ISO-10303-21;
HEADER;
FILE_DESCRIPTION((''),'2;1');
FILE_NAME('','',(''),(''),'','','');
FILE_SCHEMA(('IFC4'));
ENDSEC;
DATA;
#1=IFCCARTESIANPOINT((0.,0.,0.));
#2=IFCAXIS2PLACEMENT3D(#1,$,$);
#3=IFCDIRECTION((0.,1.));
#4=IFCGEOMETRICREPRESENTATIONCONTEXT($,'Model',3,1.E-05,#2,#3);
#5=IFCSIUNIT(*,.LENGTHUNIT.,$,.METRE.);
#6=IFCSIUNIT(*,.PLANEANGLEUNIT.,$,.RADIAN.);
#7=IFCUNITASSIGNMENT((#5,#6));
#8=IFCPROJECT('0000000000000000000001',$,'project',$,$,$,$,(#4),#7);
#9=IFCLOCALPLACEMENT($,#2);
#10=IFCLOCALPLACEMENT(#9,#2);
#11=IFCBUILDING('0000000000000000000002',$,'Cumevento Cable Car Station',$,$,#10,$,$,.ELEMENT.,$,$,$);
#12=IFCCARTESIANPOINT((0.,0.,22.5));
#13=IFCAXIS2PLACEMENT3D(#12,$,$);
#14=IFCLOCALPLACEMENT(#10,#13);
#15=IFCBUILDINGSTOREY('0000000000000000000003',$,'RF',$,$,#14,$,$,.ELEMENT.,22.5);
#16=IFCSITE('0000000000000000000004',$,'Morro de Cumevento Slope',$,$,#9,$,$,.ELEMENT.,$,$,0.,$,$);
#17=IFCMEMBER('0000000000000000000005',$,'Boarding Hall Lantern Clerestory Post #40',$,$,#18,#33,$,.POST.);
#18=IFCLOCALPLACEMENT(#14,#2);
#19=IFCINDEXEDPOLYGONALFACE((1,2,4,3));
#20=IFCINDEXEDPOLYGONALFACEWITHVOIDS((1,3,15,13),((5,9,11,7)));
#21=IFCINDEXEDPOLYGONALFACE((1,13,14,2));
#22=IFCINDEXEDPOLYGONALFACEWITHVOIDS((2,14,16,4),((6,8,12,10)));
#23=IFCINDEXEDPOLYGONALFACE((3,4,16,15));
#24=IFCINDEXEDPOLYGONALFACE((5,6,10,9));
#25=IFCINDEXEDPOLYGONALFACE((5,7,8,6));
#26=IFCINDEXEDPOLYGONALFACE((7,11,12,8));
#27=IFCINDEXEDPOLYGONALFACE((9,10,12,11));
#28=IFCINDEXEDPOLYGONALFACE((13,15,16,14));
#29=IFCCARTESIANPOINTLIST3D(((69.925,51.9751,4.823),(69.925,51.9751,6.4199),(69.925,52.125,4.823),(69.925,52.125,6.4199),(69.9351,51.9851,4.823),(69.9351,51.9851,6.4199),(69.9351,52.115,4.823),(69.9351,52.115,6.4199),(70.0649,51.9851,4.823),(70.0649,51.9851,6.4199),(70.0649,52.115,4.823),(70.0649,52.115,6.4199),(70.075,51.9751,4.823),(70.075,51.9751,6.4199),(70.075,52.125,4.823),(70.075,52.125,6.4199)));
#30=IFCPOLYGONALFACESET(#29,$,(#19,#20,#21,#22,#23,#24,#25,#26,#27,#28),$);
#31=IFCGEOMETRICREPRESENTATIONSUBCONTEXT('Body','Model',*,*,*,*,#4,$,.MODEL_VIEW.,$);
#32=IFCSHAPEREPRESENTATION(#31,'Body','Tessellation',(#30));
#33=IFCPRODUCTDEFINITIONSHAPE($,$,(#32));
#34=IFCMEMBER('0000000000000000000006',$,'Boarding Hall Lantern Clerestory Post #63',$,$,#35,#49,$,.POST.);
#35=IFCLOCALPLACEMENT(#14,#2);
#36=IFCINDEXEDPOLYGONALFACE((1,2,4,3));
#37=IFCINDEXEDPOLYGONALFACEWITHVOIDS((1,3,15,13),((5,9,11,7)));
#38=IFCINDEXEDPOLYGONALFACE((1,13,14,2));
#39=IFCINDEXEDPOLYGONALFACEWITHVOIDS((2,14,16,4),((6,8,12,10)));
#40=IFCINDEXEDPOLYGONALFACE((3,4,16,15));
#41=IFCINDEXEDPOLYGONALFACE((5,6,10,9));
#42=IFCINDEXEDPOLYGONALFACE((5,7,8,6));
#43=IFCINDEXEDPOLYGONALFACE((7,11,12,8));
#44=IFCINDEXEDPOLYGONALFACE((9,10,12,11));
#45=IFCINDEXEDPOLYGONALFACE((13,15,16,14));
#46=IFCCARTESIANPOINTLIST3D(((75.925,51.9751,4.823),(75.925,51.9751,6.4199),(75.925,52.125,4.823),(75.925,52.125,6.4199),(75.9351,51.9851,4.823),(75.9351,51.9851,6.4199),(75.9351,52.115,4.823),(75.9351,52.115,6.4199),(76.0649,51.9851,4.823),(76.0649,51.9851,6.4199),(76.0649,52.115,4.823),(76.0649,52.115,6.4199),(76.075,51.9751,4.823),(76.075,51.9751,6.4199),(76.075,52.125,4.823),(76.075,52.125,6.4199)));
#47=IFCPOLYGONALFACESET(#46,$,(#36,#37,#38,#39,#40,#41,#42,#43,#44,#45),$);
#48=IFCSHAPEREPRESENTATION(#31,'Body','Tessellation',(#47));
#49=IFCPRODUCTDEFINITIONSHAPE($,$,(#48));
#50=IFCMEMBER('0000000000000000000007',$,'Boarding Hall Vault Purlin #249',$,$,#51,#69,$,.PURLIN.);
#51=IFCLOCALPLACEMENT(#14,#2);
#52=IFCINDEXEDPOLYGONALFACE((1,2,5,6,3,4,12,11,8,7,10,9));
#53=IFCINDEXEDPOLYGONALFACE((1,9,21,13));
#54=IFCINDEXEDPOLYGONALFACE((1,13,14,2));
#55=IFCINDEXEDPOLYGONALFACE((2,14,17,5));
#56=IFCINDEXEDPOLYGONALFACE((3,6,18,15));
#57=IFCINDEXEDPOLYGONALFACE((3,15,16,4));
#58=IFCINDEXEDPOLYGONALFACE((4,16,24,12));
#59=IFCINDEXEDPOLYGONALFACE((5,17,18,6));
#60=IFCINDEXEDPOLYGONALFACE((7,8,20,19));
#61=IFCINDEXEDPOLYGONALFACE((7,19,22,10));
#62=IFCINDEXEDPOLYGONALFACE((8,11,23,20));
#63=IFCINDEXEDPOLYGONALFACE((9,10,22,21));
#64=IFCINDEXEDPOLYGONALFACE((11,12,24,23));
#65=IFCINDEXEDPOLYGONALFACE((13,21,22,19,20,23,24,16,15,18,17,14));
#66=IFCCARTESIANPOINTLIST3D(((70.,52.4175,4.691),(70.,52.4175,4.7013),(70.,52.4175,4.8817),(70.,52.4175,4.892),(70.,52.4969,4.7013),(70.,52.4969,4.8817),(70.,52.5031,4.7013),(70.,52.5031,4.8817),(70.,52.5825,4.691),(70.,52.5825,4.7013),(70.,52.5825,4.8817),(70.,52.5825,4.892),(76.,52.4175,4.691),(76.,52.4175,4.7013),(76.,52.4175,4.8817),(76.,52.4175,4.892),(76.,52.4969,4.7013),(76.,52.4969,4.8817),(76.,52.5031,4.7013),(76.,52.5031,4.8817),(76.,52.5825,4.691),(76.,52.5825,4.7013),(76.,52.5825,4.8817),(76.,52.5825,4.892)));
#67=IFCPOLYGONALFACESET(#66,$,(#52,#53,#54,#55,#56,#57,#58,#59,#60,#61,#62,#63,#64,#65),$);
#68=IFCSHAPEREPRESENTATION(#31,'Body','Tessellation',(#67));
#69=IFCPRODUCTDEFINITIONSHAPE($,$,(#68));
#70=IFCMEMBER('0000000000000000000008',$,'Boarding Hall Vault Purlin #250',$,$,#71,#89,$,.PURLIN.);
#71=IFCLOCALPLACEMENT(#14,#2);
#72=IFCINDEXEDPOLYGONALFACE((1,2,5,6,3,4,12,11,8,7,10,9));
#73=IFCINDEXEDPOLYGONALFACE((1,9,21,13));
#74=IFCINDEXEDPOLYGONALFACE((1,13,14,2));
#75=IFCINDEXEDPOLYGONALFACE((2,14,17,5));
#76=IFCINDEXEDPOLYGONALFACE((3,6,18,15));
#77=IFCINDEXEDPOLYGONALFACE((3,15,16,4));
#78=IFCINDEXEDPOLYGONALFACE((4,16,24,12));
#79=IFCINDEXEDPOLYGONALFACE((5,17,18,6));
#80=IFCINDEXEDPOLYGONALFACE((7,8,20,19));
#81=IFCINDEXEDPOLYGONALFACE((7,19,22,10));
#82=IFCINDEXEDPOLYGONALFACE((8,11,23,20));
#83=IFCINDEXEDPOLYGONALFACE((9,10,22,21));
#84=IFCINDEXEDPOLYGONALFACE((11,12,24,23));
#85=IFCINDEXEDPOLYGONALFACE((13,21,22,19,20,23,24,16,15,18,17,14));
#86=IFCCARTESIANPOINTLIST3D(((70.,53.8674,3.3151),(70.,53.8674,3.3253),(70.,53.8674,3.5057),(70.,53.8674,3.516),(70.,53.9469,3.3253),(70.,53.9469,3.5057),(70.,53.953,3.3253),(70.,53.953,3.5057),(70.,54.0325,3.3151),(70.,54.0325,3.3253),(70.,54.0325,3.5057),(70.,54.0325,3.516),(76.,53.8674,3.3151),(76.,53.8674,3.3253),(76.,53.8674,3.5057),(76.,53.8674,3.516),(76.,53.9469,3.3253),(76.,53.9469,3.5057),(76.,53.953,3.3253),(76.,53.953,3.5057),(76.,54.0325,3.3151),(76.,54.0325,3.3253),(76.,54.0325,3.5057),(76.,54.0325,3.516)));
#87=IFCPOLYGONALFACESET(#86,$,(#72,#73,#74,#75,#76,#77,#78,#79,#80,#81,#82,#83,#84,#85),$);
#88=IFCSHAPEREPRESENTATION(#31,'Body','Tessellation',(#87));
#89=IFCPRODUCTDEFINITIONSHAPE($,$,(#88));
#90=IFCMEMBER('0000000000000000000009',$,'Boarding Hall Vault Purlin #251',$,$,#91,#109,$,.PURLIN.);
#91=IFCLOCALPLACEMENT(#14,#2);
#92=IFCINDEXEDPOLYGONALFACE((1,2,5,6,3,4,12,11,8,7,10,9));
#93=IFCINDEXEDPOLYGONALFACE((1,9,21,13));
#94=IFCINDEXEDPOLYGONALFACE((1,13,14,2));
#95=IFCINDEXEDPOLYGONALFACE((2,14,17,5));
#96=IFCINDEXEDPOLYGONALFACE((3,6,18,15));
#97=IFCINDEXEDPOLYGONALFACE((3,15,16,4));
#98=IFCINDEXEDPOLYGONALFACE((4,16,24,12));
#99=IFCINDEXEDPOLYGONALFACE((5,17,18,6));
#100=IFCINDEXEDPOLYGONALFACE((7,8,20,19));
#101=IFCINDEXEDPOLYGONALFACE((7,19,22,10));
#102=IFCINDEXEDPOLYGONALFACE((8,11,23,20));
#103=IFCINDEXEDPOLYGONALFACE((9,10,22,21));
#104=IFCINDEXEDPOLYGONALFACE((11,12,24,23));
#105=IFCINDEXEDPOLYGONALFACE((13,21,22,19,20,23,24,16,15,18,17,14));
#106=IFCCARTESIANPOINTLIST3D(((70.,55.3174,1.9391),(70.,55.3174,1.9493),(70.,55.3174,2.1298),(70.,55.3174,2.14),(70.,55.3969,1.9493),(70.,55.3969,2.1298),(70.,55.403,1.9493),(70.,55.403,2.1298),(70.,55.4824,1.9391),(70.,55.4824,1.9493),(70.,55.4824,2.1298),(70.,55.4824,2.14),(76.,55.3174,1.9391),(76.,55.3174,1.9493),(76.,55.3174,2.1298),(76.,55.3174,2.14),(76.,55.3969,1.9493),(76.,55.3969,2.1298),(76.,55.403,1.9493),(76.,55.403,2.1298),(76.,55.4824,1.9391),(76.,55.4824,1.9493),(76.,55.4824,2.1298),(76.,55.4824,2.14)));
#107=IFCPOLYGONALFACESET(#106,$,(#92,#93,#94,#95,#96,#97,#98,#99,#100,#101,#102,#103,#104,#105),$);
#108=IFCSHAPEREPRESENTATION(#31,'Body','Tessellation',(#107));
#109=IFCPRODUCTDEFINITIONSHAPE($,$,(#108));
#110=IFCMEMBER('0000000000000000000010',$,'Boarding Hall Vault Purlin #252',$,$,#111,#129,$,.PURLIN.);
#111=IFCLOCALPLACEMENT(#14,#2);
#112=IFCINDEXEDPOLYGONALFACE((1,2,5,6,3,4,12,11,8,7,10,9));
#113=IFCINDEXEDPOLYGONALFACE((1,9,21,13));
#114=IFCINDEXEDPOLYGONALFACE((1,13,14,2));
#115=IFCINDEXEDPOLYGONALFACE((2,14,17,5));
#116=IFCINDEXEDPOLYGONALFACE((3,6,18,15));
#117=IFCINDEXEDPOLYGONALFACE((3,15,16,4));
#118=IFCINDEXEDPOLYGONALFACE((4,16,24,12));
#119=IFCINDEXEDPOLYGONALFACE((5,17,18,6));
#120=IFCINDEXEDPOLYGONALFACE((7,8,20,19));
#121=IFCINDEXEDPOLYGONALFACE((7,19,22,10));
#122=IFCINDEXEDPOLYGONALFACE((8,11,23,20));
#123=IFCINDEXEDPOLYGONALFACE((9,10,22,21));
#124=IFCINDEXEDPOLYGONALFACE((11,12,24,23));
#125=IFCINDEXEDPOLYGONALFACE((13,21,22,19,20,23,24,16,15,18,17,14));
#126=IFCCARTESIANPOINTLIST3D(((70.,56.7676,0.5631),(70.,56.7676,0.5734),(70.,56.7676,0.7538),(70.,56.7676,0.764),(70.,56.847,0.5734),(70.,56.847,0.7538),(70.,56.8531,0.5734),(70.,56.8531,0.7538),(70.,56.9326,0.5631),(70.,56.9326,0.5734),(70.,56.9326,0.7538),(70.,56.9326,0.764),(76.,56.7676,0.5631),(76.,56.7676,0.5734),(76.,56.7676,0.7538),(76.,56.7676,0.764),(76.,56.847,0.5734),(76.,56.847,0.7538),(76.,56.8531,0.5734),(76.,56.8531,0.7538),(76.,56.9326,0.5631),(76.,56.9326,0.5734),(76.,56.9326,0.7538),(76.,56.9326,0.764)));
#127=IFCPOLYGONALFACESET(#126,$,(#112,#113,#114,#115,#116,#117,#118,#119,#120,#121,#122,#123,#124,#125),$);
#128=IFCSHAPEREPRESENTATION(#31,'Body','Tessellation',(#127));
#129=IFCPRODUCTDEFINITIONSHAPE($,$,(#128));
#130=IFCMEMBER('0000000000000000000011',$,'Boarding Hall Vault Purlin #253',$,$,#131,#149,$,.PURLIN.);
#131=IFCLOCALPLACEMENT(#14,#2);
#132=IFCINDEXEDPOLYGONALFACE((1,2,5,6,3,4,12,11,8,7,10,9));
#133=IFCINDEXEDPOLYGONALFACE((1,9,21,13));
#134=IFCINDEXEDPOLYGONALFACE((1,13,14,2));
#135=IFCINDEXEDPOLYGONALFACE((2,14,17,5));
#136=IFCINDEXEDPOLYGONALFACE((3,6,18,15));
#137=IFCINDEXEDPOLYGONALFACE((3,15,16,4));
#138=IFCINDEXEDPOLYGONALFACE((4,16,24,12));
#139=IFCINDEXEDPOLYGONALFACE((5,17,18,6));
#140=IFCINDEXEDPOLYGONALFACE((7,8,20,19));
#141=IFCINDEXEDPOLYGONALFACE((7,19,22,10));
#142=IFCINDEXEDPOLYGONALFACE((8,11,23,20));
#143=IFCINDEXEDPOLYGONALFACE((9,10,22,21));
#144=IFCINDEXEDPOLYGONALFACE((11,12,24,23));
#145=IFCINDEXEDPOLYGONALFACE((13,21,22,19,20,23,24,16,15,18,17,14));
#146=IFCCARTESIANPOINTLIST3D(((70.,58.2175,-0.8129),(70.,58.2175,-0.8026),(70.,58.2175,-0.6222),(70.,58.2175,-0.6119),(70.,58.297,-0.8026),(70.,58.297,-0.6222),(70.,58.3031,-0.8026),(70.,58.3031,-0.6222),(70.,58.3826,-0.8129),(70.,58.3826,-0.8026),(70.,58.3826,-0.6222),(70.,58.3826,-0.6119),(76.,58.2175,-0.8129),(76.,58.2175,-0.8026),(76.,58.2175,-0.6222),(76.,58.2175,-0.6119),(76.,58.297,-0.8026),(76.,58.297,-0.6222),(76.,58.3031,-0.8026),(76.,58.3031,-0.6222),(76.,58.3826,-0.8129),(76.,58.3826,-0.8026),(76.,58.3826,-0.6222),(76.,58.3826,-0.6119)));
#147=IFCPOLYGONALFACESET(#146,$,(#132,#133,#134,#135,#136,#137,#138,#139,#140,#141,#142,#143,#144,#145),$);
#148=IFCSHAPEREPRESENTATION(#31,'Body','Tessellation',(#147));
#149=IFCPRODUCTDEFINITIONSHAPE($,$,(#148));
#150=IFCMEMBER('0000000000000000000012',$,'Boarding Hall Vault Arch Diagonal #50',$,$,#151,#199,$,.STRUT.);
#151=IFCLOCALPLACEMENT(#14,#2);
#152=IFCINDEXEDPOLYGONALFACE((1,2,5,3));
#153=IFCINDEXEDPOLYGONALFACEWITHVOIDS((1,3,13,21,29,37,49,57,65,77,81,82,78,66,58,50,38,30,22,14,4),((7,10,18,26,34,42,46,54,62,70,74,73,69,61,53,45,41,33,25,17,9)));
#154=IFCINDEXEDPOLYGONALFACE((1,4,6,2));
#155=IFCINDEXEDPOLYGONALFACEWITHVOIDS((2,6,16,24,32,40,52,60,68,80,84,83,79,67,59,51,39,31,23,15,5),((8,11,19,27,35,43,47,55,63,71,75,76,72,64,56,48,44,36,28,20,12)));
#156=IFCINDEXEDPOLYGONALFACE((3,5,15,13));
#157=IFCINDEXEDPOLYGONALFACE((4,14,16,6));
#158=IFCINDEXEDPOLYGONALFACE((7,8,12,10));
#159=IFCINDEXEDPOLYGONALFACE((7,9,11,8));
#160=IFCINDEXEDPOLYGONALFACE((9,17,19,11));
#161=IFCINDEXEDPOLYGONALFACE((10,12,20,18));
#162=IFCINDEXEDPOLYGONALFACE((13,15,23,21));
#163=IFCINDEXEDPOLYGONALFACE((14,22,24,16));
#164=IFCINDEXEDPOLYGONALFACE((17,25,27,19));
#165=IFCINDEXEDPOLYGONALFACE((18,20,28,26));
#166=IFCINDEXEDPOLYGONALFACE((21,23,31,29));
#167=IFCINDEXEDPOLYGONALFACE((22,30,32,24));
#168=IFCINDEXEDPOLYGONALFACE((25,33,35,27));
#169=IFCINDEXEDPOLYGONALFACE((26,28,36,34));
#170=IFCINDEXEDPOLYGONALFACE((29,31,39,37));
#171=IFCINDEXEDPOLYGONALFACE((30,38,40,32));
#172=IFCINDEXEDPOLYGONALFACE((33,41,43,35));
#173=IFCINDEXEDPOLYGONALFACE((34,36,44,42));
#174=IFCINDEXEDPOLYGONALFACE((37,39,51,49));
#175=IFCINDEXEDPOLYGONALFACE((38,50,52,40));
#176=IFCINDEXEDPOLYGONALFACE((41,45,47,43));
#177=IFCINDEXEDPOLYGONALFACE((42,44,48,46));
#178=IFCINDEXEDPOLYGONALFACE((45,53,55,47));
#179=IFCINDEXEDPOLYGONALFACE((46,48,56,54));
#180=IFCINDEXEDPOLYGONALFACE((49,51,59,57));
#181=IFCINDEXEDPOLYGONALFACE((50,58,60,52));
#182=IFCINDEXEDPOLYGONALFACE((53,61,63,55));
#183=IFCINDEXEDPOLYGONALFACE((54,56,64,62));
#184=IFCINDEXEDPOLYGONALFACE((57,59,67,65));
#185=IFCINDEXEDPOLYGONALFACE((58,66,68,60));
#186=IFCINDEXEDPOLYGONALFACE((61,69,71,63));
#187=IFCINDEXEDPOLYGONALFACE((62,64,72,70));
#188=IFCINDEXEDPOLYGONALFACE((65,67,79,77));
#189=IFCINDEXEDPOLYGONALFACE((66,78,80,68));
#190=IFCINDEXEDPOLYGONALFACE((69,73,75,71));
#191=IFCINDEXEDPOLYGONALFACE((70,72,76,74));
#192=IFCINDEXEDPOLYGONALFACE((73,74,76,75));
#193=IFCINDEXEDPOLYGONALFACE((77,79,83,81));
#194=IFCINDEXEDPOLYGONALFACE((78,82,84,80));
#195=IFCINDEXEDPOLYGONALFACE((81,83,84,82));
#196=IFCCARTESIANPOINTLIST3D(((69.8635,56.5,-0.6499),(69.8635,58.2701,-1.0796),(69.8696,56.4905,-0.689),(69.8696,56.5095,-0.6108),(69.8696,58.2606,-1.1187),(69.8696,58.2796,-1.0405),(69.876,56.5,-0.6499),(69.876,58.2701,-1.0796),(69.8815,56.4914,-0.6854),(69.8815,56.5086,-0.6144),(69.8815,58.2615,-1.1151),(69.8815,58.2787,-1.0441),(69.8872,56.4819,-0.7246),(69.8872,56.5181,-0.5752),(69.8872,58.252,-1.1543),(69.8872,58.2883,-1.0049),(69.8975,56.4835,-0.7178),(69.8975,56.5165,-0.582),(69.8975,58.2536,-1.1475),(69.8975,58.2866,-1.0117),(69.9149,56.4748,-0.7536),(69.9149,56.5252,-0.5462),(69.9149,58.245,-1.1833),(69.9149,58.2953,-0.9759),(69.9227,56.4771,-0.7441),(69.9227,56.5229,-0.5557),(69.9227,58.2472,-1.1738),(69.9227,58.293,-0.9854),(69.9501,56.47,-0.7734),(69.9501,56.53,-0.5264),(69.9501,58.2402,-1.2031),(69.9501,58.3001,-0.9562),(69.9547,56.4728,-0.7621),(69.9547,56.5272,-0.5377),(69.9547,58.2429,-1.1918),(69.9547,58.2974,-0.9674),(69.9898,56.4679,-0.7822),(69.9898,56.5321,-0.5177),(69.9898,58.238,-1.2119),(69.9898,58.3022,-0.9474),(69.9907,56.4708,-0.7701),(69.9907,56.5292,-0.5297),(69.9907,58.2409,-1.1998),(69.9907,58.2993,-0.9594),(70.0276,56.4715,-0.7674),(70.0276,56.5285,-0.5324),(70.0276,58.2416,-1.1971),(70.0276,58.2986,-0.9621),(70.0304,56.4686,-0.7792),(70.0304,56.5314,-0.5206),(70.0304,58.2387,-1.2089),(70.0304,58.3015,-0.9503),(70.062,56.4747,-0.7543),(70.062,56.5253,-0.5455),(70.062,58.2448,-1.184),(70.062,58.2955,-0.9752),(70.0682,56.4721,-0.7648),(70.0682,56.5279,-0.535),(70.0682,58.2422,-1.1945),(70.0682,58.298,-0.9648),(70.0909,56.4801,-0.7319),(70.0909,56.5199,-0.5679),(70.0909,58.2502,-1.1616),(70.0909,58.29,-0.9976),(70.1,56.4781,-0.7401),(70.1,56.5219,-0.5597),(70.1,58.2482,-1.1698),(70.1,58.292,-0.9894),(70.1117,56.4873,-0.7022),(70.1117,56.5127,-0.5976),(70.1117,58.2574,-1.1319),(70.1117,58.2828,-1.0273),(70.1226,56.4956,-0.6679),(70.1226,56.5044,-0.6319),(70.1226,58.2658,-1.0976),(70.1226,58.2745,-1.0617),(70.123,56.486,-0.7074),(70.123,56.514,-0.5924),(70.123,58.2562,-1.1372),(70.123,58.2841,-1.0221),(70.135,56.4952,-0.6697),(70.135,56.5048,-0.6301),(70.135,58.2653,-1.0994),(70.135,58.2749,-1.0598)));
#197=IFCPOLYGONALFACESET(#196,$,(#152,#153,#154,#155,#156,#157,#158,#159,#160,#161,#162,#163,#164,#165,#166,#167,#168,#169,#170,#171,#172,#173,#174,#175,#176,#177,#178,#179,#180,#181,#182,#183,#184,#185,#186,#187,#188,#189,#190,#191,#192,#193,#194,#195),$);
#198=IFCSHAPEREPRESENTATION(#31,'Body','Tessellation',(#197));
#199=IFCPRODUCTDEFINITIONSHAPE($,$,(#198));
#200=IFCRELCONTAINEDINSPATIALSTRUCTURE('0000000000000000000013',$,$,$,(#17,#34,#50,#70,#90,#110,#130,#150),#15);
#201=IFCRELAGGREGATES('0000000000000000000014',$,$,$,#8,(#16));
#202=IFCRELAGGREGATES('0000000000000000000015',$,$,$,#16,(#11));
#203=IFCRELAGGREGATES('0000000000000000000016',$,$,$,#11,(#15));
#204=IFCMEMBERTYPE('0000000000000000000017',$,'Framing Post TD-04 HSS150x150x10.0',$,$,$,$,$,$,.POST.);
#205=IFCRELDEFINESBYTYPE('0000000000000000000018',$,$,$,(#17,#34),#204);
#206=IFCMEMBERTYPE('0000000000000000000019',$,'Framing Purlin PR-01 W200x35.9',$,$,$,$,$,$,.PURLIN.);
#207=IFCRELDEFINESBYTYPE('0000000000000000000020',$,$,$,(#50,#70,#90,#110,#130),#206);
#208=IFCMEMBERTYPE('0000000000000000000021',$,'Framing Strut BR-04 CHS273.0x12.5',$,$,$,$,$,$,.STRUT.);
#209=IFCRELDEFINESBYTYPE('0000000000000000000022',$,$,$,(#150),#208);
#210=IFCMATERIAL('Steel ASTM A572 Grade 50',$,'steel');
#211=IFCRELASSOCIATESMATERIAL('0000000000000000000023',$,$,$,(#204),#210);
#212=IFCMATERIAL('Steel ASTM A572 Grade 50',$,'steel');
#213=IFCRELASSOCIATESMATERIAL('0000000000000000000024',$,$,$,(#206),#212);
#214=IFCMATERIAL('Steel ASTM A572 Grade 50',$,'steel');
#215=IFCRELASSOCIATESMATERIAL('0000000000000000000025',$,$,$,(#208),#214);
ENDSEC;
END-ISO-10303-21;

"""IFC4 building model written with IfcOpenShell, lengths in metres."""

from ifc_helpers import new_model, si_unit, direction, frame, origin, origin_2d, place, context, subcontext, project, spatial, hollow_rectangle, hollow_circle, i_section, extrude, material, material_profile, profile_set, type_object, element, save


model = new_model("IFC4")

# Units and contexts
model_context = context("Model", 3, precision=1e-05, world=origin(), true_north=direction((0.0, 1.0)))
body_context = subcontext(model_context, "Body", "Model", "MODEL_VIEW")
ifc_project = project(units=[si_unit("LENGTHUNIT", "METRE"), si_unit("PLANEANGLEUNIT", "RADIAN")], contexts=[model_context])

# Site, building, storey
site_placement = place(None, origin())
site = spatial("IfcSite", under=ifc_project, at=site_placement, Name="Morro de Cumevento Slope", CompositionType="ELEMENT", RefElevation=0.0)
building_placement = place(site_placement, origin())
building = spatial("IfcBuilding", under=site, at=building_placement, Name="Cumevento Cable Car Station", CompositionType="ELEMENT")
storey_placement = place(building_placement, frame((0.0, 0.0, 22.5)))
storey = spatial("IfcBuildingStorey", under=building, at=storey_placement, Name="RF", CompositionType="ELEMENT", Elevation=22.5)

# Members
ifc_material_1 = material(Name="Steel ASTM A572 Grade 50", Category="steel")
ifc_material_profile_1 = material_profile(ifc_material_1, hollow_rectangle(XDim=0.1499, YDim=0.1499, WallThickness=0.01, at=origin_2d()), Name="HSS150x150x10.0")
ifc_profile_set_1 = profile_set([ifc_material_profile_1], Name="Steel ASTM A572 Grade 50")
member_type_1 = type_object("IfcMemberType", Name="Framing Post TD-04 HSS150x150x10.0", PredefinedType="POST", material=ifc_profile_set_1)
for number, where, z_axis, x_axis, name in (
    (1, (70.0, 52.05, 4.823), (0.0, 0.0, 1.0), (1.0, 0.0, 0.0), "Boarding Hall Lantern Clerestory Post #40"),
    (2, (76.0, 52.05, 4.823), (0.0, 0.0, 1.0), (1.0, 0.0, 0.0), "Boarding Hall Lantern Clerestory Post #63"),
):
    element("IfcMember", number, at=place(storey_placement, frame(where, z_axis=z_axis, x_axis=x_axis)), inside=storey, type_object=member_type_1, Name=name, PredefinedType="POST", context=body_context, shape_type="SweptSolid", body=[
        extrude(hollow_rectangle(XDim=0.1499, YDim=0.1499, WallThickness=0.01, at=origin_2d()), origin(), (0.0, 0.0, 1.0), 1.5969),
    ])
ifc_material_2 = material(Name="Steel ASTM A572 Grade 50", Category="steel")
ifc_material_profile_2 = material_profile(ifc_material_2, i_section(OverallWidth=0.165, OverallDepth=0.2009, WebThickness=0.0061, FlangeThickness=0.0103, at=origin_2d()), Name="W200x35.9")
ifc_profile_set_2 = profile_set([ifc_material_profile_2], Name="Steel ASTM A572 Grade 50")
member_type_2 = type_object("IfcMemberType", Name="Framing Purlin PR-01 W200x35.9", PredefinedType="PURLIN", material=ifc_profile_set_2)
for number, where, z_axis, x_axis, name in (
    (3, (70.0, 52.5, 4.7915), (1.0, 0.0, 0.0), (0.0, 1.0, 0.0), "Boarding Hall Vault Purlin #249"),
    (4, (70.0, 53.95, 3.4155), (1.0, 0.0, 0.0), (0.0, 1.0, 0.0), "Boarding Hall Vault Purlin #250"),
    (5, (70.0, 55.3999, 2.0396), (1.0, 0.0, 0.0), (0.0, 1.0, 0.0), "Boarding Hall Vault Purlin #251"),
    (6, (70.0, 56.8501, 0.6636), (1.0, 0.0, 0.0), (0.0, 1.0, 0.0), "Boarding Hall Vault Purlin #252"),
    (7, (70.0, 58.3, -0.7124), (1.0, 0.0, 0.0), (0.0, 1.0, 0.0), "Boarding Hall Vault Purlin #253"),
):
    element("IfcMember", number, at=place(storey_placement, frame(where, z_axis=z_axis, x_axis=x_axis)), inside=storey, type_object=member_type_2, Name=name, PredefinedType="PURLIN", context=body_context, shape_type="SweptSolid", body=[
        extrude(i_section(OverallWidth=0.165, OverallDepth=0.2009, WebThickness=0.0061, FlangeThickness=0.0103, at=origin_2d()), origin(), (0.0, 0.0, 1.0), 6.0),
    ])
ifc_material_3 = material(Name="Steel ASTM A572 Grade 50", Category="steel")
ifc_material_profile_3 = material_profile(ifc_material_3, hollow_circle(Radius=0.1365, WallThickness=0.0125, at=origin_2d()), Name="CHS273.0x12.5")
ifc_profile_set_3 = profile_set([ifc_material_profile_3], Name="Steel ASTM A572 Grade 50")
member_type_3 = type_object("IfcMemberType", Name="Framing Strut BR-04 CHS273.0x12.5", PredefinedType="STRUT", material=ifc_profile_set_3)
member_1_placement = place(storey_placement, frame((70.0, 56.5, -0.6499), z_axis=(0.0, 0.971776, -0.235907), x_axis=(-1.0, 0.0, 0.0)))
element("IfcMember", 8, at=member_1_placement, inside=storey, type_object=member_type_3, Name="Boarding Hall Vault Arch Diagonal #50", PredefinedType="STRUT", context=body_context, shape_type="SweptSolid", body=[
    extrude(hollow_circle(Radius=0.1365, WallThickness=0.0125, at=origin_2d()), origin(), (0.0, 0.0, 1.0), 1.8215),
])

save(model, "model.ifc")
